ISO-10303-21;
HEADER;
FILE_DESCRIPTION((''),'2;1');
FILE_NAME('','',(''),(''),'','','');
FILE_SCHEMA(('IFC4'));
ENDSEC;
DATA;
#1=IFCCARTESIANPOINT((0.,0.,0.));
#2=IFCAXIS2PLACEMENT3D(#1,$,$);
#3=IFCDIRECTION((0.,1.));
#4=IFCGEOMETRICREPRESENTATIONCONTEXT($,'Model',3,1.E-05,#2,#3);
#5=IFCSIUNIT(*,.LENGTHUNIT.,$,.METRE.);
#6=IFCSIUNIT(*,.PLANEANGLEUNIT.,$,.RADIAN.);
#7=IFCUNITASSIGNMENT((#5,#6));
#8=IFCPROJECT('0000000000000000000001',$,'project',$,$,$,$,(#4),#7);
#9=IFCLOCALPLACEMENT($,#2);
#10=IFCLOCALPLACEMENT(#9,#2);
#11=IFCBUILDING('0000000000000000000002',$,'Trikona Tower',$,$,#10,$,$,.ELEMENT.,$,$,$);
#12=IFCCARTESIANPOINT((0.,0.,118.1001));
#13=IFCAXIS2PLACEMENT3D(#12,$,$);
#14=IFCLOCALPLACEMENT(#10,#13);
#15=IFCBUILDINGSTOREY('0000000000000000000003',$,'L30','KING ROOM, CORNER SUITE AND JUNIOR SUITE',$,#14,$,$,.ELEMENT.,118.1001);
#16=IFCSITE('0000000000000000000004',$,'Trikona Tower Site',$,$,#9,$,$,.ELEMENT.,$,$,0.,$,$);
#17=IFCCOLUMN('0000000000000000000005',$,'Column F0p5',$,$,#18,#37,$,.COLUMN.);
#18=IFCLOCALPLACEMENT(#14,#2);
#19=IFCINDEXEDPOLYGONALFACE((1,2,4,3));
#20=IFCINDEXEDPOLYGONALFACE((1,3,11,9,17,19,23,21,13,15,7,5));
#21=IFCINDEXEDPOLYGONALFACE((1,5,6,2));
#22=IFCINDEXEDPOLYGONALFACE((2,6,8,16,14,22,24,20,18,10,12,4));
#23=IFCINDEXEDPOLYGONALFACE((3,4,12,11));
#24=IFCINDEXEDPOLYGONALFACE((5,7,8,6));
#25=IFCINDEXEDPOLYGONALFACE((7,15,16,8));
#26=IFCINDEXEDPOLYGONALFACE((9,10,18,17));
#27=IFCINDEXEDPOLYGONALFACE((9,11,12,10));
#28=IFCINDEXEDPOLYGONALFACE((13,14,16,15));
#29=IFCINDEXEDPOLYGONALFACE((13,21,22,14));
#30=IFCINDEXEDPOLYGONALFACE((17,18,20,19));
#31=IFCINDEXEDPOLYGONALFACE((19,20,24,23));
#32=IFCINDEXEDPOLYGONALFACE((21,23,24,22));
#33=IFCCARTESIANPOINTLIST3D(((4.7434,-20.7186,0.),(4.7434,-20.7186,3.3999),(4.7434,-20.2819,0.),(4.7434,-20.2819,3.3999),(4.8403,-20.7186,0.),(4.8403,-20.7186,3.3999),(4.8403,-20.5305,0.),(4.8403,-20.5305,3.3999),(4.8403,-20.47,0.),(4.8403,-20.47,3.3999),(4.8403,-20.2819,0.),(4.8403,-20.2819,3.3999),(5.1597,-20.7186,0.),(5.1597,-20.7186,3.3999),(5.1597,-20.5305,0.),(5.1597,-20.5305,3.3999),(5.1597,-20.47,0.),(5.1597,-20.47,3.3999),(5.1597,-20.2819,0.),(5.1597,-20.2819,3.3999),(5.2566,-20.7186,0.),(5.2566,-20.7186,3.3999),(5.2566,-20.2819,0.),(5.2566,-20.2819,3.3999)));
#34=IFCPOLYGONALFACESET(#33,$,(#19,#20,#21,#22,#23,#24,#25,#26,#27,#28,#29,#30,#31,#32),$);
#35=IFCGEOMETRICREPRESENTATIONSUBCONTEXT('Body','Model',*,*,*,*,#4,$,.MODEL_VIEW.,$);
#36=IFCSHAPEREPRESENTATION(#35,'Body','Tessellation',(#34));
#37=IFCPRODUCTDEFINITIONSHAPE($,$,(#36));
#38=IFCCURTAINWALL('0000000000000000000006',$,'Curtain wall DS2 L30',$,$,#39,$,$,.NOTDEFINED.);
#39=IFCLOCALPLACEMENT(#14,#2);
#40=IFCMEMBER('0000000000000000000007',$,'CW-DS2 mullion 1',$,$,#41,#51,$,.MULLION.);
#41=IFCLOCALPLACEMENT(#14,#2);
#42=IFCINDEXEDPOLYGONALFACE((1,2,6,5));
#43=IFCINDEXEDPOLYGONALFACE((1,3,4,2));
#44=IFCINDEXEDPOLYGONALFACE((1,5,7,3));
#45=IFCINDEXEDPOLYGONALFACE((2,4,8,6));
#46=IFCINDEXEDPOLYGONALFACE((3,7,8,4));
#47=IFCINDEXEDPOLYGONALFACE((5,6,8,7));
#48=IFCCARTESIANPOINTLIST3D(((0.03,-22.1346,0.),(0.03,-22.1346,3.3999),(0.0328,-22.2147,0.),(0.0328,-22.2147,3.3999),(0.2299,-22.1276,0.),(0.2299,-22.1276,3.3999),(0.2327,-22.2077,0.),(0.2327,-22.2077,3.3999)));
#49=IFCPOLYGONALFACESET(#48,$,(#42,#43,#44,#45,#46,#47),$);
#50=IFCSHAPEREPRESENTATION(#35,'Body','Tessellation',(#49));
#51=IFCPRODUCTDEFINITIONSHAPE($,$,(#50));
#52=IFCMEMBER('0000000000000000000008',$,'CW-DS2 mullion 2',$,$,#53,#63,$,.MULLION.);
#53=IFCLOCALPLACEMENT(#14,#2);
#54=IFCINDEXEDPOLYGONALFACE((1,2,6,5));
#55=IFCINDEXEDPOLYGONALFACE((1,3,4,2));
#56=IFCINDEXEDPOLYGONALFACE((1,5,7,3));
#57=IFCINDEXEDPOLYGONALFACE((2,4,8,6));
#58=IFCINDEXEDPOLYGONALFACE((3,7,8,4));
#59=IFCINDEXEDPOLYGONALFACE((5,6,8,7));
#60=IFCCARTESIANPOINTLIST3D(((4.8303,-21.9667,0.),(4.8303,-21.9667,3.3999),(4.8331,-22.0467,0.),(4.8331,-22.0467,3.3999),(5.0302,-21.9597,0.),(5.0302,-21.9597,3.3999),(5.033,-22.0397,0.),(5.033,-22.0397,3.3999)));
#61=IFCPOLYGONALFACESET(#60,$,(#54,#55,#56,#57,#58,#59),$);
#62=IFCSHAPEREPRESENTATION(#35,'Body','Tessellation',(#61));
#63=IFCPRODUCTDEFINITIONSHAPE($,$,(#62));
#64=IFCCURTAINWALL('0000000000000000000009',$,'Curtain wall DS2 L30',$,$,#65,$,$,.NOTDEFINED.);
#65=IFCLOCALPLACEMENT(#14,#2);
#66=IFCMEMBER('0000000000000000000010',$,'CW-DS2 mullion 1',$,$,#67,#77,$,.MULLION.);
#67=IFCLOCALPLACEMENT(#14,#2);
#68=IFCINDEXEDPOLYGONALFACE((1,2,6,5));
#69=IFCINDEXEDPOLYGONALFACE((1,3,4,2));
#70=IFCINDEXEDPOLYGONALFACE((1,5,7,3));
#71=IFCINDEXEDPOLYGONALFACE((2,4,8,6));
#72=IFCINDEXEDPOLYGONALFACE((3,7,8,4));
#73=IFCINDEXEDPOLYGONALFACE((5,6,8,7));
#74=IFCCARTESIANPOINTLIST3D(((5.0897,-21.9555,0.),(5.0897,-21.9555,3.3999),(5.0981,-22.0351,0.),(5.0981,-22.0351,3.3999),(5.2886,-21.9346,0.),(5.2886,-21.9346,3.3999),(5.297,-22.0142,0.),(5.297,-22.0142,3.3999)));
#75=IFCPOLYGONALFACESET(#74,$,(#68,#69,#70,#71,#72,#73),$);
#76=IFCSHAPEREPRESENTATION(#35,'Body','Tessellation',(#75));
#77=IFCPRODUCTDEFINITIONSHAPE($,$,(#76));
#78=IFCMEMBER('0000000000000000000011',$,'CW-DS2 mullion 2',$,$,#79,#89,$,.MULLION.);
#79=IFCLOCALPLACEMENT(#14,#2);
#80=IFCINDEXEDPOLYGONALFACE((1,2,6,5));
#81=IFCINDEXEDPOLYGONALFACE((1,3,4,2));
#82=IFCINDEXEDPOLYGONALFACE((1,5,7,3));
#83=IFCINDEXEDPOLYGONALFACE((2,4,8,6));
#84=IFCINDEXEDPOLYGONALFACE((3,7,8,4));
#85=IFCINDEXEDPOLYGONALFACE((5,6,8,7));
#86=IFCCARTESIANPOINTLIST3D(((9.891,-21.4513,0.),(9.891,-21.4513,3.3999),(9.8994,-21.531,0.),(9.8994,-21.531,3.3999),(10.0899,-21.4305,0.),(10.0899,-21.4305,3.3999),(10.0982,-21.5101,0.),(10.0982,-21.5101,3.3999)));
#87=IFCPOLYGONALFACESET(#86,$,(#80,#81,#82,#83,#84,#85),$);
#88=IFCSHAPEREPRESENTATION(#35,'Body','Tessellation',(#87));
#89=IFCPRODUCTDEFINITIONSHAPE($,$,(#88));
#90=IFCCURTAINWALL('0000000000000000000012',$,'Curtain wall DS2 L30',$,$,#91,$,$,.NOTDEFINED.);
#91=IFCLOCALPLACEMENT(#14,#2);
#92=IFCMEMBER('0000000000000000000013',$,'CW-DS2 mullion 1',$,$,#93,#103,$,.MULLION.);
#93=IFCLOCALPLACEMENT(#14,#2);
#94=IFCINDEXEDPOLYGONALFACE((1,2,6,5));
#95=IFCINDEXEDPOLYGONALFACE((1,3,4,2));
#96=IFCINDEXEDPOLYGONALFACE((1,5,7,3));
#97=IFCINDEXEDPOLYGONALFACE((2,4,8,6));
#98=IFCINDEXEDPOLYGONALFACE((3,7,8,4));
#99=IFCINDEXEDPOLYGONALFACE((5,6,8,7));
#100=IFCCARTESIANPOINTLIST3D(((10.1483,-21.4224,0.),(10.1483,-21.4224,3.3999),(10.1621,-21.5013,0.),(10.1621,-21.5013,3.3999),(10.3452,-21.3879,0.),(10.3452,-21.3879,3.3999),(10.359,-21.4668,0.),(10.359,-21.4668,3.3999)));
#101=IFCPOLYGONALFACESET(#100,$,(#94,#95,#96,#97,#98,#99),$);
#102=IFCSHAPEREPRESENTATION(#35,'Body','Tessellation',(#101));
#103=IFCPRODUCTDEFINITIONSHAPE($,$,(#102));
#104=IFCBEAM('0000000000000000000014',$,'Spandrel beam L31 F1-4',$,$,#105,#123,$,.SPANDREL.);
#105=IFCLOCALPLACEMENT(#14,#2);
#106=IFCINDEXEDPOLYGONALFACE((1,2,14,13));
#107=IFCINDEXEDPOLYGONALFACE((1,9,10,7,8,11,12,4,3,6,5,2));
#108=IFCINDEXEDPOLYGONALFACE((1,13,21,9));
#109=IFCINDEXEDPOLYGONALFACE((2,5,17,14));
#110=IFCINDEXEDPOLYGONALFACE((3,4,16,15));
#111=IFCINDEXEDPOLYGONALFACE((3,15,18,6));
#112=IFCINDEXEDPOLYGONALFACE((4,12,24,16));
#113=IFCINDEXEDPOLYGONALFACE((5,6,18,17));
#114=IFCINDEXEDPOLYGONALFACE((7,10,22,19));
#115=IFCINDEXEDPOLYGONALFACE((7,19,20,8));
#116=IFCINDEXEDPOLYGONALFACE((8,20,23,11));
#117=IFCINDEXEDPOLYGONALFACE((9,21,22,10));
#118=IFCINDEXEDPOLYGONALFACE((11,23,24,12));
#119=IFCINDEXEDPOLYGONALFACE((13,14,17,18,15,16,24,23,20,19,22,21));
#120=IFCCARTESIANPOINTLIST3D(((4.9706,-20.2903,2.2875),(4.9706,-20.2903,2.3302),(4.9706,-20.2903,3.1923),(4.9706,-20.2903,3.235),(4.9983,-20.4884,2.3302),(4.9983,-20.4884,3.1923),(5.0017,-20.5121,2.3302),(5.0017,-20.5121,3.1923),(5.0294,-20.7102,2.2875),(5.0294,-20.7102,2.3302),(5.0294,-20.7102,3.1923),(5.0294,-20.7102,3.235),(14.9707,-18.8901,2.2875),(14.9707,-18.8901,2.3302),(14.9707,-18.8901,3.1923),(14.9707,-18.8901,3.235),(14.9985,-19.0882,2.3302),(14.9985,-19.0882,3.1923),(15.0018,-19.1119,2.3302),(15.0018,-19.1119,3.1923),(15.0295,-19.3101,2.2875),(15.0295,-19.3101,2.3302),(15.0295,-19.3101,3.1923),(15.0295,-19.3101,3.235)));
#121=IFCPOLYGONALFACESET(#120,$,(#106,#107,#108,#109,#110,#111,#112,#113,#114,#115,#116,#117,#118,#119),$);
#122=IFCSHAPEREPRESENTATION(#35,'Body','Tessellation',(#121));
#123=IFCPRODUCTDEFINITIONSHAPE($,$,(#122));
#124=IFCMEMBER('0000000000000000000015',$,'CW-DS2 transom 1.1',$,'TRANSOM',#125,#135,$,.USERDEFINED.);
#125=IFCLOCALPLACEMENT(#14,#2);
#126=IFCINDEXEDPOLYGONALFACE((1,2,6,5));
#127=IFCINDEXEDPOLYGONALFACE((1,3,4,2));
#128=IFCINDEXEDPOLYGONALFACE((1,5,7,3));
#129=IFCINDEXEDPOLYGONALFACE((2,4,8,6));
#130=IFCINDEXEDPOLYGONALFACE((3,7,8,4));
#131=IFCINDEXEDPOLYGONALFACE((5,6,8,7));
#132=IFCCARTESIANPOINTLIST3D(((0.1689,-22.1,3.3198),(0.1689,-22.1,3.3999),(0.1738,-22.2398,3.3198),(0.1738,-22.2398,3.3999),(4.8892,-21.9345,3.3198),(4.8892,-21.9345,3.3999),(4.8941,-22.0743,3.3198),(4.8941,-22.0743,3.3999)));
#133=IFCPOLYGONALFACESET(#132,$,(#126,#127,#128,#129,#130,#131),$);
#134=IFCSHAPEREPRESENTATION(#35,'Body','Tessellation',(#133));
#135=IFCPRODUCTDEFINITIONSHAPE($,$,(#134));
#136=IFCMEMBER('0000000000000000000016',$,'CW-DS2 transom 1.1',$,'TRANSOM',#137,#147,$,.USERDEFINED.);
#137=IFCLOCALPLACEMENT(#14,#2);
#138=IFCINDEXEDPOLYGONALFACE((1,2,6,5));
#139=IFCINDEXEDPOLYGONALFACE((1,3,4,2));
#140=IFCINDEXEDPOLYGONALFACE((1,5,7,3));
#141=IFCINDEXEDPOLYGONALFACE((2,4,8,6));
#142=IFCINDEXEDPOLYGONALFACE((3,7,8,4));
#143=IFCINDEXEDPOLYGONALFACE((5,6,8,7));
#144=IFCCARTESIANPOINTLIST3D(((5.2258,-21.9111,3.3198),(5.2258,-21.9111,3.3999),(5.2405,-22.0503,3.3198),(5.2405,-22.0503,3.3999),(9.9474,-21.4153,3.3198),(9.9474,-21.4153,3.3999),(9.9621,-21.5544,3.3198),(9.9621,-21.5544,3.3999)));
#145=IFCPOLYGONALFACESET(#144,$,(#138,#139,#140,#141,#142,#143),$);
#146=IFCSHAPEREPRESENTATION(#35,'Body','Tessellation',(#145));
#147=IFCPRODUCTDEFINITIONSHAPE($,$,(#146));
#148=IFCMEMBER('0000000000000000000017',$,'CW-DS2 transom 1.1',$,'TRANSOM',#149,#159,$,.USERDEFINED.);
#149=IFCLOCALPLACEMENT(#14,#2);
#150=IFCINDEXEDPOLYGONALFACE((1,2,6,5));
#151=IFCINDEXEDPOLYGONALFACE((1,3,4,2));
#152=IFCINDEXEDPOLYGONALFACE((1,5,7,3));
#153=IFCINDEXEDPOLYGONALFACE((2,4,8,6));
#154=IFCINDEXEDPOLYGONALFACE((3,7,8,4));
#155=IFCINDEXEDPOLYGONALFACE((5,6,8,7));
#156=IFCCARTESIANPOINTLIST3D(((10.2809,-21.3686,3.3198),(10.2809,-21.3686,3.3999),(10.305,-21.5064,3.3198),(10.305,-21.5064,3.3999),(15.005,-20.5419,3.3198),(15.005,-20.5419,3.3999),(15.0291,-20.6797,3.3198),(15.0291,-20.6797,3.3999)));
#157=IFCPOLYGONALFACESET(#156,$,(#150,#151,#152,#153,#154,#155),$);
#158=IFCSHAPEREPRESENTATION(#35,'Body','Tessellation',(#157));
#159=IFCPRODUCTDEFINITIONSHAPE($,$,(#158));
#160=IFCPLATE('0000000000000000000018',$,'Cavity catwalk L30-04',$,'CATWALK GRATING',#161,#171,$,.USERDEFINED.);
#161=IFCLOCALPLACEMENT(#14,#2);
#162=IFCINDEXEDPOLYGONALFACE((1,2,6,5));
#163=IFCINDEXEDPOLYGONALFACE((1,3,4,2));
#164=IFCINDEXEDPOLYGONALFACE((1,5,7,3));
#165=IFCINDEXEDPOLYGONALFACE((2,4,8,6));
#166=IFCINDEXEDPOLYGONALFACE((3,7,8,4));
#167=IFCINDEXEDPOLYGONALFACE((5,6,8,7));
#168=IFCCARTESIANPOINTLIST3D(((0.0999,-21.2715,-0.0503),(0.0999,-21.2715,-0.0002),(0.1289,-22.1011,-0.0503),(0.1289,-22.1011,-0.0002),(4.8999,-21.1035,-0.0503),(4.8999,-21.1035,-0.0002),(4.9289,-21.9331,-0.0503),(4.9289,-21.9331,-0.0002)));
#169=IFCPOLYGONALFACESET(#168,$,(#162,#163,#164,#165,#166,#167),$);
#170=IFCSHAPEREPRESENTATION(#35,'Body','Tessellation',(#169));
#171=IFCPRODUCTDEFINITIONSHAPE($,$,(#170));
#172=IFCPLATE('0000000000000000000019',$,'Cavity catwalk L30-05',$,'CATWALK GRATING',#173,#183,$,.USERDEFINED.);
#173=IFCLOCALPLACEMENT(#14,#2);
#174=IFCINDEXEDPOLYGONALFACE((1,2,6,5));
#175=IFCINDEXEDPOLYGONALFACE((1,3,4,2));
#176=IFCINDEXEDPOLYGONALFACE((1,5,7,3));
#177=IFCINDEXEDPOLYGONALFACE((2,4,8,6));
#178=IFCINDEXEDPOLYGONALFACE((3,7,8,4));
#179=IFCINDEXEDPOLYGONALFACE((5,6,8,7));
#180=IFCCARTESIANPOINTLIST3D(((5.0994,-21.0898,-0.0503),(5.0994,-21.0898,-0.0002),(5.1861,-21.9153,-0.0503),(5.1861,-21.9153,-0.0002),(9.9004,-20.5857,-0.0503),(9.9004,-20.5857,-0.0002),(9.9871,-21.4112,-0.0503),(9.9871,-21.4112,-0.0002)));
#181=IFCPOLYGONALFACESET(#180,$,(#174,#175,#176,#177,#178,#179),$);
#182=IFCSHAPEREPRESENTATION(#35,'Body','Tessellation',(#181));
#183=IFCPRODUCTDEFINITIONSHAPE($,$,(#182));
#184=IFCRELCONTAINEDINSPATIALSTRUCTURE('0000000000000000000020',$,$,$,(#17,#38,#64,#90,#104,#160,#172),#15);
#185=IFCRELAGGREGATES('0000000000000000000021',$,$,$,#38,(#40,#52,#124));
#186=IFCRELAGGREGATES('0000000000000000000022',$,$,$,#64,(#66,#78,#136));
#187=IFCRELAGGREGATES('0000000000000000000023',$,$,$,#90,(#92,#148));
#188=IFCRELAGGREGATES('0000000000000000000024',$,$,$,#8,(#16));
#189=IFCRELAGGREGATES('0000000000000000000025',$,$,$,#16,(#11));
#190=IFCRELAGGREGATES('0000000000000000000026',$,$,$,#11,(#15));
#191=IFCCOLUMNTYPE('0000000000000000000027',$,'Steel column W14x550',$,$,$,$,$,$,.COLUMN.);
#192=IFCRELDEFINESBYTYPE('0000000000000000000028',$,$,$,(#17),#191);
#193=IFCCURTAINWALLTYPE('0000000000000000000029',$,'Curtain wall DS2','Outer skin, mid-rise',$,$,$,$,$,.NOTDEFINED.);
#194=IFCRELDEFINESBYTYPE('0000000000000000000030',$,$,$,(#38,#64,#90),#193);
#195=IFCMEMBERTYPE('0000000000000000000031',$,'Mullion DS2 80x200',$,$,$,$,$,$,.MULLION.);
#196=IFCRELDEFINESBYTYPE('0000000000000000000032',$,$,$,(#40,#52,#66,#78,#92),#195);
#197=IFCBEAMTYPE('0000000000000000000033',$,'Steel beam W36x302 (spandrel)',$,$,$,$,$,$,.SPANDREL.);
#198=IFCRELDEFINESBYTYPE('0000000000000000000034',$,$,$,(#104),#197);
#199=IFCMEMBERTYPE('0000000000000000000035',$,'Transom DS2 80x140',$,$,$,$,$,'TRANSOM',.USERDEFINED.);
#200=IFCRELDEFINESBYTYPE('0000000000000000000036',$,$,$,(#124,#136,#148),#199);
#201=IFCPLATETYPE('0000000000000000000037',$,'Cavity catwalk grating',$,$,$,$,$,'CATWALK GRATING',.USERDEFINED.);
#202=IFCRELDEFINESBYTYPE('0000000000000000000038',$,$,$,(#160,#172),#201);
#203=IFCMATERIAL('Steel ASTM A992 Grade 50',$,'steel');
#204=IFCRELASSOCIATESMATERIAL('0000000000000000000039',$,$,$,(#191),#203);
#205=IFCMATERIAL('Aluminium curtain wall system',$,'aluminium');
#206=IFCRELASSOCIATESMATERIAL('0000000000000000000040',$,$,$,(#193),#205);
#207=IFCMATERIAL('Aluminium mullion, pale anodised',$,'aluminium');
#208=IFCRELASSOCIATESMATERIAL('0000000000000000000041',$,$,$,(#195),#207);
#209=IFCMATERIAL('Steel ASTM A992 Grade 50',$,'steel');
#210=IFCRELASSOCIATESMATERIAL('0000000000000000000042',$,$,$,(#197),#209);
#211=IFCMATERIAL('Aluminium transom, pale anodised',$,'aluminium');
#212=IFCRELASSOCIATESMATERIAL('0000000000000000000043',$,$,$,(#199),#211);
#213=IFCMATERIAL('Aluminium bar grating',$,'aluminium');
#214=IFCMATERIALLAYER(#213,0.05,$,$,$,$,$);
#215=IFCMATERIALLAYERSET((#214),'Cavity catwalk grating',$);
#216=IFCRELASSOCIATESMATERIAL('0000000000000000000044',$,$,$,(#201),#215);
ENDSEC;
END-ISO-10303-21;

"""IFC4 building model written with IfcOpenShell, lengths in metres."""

from ifc_helpers import new_model, si_unit, direction, frame, origin, origin_2d, place, context, subcontext, project, spatial, rectangle, i_section, extrude, material, layer, layer_set, material_profile, profile_set, type_object, element, aggregate, save


model = new_model("IFC4")

# Units and contexts
model_context = context("Model", 3, precision=1e-05, world=origin(), true_north=direction((0.0, 1.0)))
body_context = subcontext(model_context, "Body", "Model", "MODEL_VIEW")
ifc_project = project(units=[si_unit("LENGTHUNIT", "METRE"), si_unit("PLANEANGLEUNIT", "RADIAN")], contexts=[model_context])

# Site, building, storey
site_placement = place(None, origin())
site = spatial("IfcSite", under=ifc_project, at=site_placement, Name="Trikona Tower Site", CompositionType="ELEMENT", RefElevation=0.0)
building_placement = place(site_placement, origin())
building = spatial("IfcBuilding", under=site, at=building_placement, Name="Trikona Tower", CompositionType="ELEMENT")
storey_placement = place(building_placement, frame((0.0, 0.0, 118.1001)))
storey = spatial("IfcBuildingStorey", under=building, at=storey_placement, Name="L30", Description="KING ROOM, CORNER SUITE AND JUNIOR SUITE", CompositionType="ELEMENT", Elevation=118.1001)

# Column
ifc_material_1 = material(Name="Steel ASTM A992 Grade 50", Category="steel")
ifc_material_profile_1 = material_profile(ifc_material_1, i_section(OverallWidth=0.4368, OverallDepth=0.5132, WebThickness=0.0605, FlangeThickness=0.0969, at=origin_2d()), Name="W14X550")
ifc_profile_set_1 = profile_set([ifc_material_profile_1], Name="Steel ASTM A992 Grade 50")
column_type = type_object("IfcColumnType", Name="Steel column W14x550", PredefinedType="COLUMN", material=ifc_profile_set_1)
column_placement = place(storey_placement, frame((5.0, -20.5002, 0.0), z_axis=(0.0, 0.0, 1.0), x_axis=(0.0, -1.0, 0.0)))
element("IfcColumn", 1, at=column_placement, inside=storey, type_object=column_type, Name="Column F0p5", PredefinedType="COLUMN", context=body_context, shape_type="SweptSolid", body=[
    extrude(i_section(OverallWidth=0.4368, OverallDepth=0.5132, WebThickness=0.0605, FlangeThickness=0.0969, at=origin_2d()), origin(), (0.0, 0.0, 1.0), 3.3999),
])

# Curtain walls, members
ifc_material_2 = material(Name="Aluminium curtain wall system", Category="aluminium")
curtain_wall_type = type_object("IfcCurtainWallType", Name="Curtain wall DS2", Description="Outer skin, mid-rise", PredefinedType="NOTDEFINED", material=ifc_material_2)
curtain_wall_1_placement = place(storey_placement, origin())
curtain_wall_1 = element("IfcCurtainWall", 2, at=curtain_wall_1_placement, inside=storey, type_object=curtain_wall_type, Name="Curtain wall DS2 L30", PredefinedType="NOTDEFINED")
ifc_material_3 = material(Name="Aluminium mullion, pale anodised", Category="aluminium")
ifc_material_profile_2 = material_profile(ifc_material_3, rectangle(XDim=0.0801, YDim=0.2, at=origin_2d()), Name="MUL-DS2")
ifc_profile_set_2 = profile_set([ifc_material_profile_2], Name="Aluminium mullion, pale anodised")
member_type_1 = type_object("IfcMemberType", Name="Mullion DS2 80x200", PredefinedType="MULLION", material=ifc_profile_set_2)
member_1_placement = place(storey_placement, frame((0.1313, -22.1711, 0.0), z_axis=(0.0, 0.0, 1.0), x_axis=(-0.034998, 0.999387, 0.0)))
member_1 = element("IfcMember", 3, at=member_1_placement, type_object=member_type_1, Name="CW-DS2 mullion 1", PredefinedType="MULLION", context=body_context, shape_type="SweptSolid", body=[
    extrude(rectangle(XDim=0.0801, YDim=0.2, at=origin_2d()), origin(), (0.0, 0.0, 1.0), 3.3999),
])
member_2_placement = place(storey_placement, frame((4.9316, -22.0032, 0.0), z_axis=(0.0, 0.0, 1.0), x_axis=(-0.034998, 0.999387, 0.0)))
member_2 = element("IfcMember", 4, at=member_2_placement, type_object=member_type_1, Name="CW-DS2 mullion 2", PredefinedType="MULLION", context=body_context, shape_type="SweptSolid", body=[
    extrude(rectangle(XDim=0.0801, YDim=0.2, at=origin_2d()), origin(), (0.0, 0.0, 1.0), 3.3999),
])
curtain_wall_2_placement = place(storey_placement, origin())
curtain_wall_2 = element("IfcCurtainWall", 5, at=curtain_wall_2_placement, inside=storey, type_object=curtain_wall_type, Name="Curtain wall DS2 L30", PredefinedType="NOTDEFINED")
member_3_placement = place(storey_placement, frame((5.1934, -21.9849, 0.0), z_axis=(0.0, 0.0, 1.0), x_axis=(-0.104433, 0.994532, 0.0)))
member_3 = element("IfcMember", 6, at=member_3_placement, type_object=member_type_1, Name="CW-DS2 mullion 1", PredefinedType="MULLION", context=body_context, shape_type="SweptSolid", body=[
    extrude(rectangle(XDim=0.0801, YDim=0.2, at=origin_2d()), origin(), (0.0, 0.0, 1.0), 3.3999),
])
member_4_placement = place(storey_placement, frame((9.9946, -21.4807, 0.0), z_axis=(0.0, 0.0, 1.0), x_axis=(-0.104433, 0.994532, 0.0)))
member_4 = element("IfcMember", 7, at=member_4_placement, type_object=member_type_1, Name="CW-DS2 mullion 2", PredefinedType="MULLION", context=body_context, shape_type="SweptSolid", body=[
    extrude(rectangle(XDim=0.0801, YDim=0.2, at=origin_2d()), origin(), (0.0, 0.0, 1.0), 3.3999),
])

# Curtain wall, member
curtain_wall_3_placement = place(storey_placement, origin())
curtain_wall_3 = element("IfcCurtainWall", 8, at=curtain_wall_3_placement, inside=storey, type_object=curtain_wall_type, Name="Curtain wall DS2 L30", PredefinedType="NOTDEFINED")
member_5_placement = place(storey_placement, frame((10.2537, -21.4446, 0.0), z_axis=(0.0, 0.0, 1.0), x_axis=(-0.172377, 0.985031, 0.0)))
member_5 = element("IfcMember", 9, at=member_5_placement, type_object=member_type_1, Name="CW-DS2 mullion 1", PredefinedType="MULLION", context=body_context, shape_type="SweptSolid", body=[
    extrude(rectangle(XDim=0.0801, YDim=0.2, at=origin_2d()), origin(), (0.0, 0.0, 1.0), 3.3999),
])

# Beam
ifc_material_4 = material(Name="Steel ASTM A992 Grade 50", Category="steel")
ifc_material_profile_3 = material_profile(ifc_material_4, i_section(OverallWidth=0.4241, OverallDepth=0.9475, WebThickness=0.0239, FlangeThickness=0.0427, at=origin_2d()), Name="W36X302")
ifc_profile_set_3 = profile_set([ifc_material_profile_3], Name="Steel ASTM A992 Grade 50")
beam_type = type_object("IfcBeamType", Name="Steel beam W36x302 (spandrel)", PredefinedType="SPANDREL", material=ifc_profile_set_3)
beam_placement = place(storey_placement, frame((5.0, -20.5002, 2.7612), z_axis=(0.99034, 0.138662, 0.0), x_axis=(-0.138662, 0.99034, 0.0)))
element("IfcBeam", 10, at=beam_placement, inside=storey, type_object=beam_type, Name="Spandrel beam L31 F1-4", PredefinedType="SPANDREL", context=body_context, shape_type="SweptSolid", body=[
    extrude(i_section(OverallWidth=0.4241, OverallDepth=0.9475, WebThickness=0.0239, FlangeThickness=0.0427, at=origin_2d()), origin(), (0.0, 0.0, 1.0), 10.0977),
])

# Members
ifc_material_5 = material(Name="Aluminium transom, pale anodised", Category="aluminium")
ifc_material_profile_4 = material_profile(ifc_material_5, rectangle(XDim=0.1399, YDim=0.0801, at=origin_2d()), Name="TRN-DS2")
ifc_profile_set_4 = profile_set([ifc_material_profile_4], Name="Aluminium transom, pale anodised")
member_type_2 = type_object("IfcMemberType", Name="Transom DS2 80x140", ElementType="TRANSOM", PredefinedType="USERDEFINED", material=ifc_profile_set_4)
member_6_placement = place(storey_placement, frame((0.1714, -22.1699, 3.3599), z_axis=(0.999386, 0.035046, 0.0), x_axis=(-0.035046, 0.999386, 0.0)))
member_6 = element("IfcMember", 11, at=member_6_placement, type_object=member_type_2, Name="CW-DS2 transom 1.1", ObjectType="TRANSOM", PredefinedType="USERDEFINED", context=body_context, shape_type="SweptSolid", body=[
    extrude(rectangle(XDim=0.1399, YDim=0.0801, at=origin_2d()), origin(), (0.0, 0.0, 1.0), 4.7231),
])
member_7_placement = place(storey_placement, frame((5.2332, -21.9807, 3.3599), z_axis=(0.994531, 0.104441, 0.0), x_axis=(-0.104441, 0.994531, 0.0)))
member_7 = element("IfcMember", 12, at=member_7_placement, type_object=member_type_2, Name="CW-DS2 transom 1.1", ObjectType="TRANSOM", PredefinedType="USERDEFINED", context=body_context, shape_type="SweptSolid", body=[
    extrude(rectangle(XDim=0.1399, YDim=0.0801, at=origin_2d()), origin(), (0.0, 0.0, 1.0), 4.7476),
])
member_8_placement = place(storey_placement, frame((10.293, -21.4375, 3.3599), z_axis=(0.985033, 0.172368, 0.0), x_axis=(-0.172368, 0.985033, 0.0)))
member_8 = element("IfcMember", 13, at=member_8_placement, type_object=member_type_2, Name="CW-DS2 transom 1.1", ObjectType="TRANSOM", PredefinedType="USERDEFINED", context=body_context, shape_type="SweptSolid", body=[
    extrude(rectangle(XDim=0.1399, YDim=0.0801, at=origin_2d()), origin(), (0.0, 0.0, 1.0), 4.7959),
])

# Plates
ifc_material_6 = material(Name="Aluminium bar grating", Category="aluminium")
ifc_layer_1 = layer(ifc_material_6, 0.05)
ifc_layer_set_1 = layer_set([ifc_layer_1], Name="Cavity catwalk grating")
plate_type_1 = type_object("IfcPlateType", Name="Cavity catwalk grating", ElementType="CATWALK GRATING", PredefinedType="USERDEFINED", material=ifc_layer_set_1)
plate_1_placement = place(storey_placement, frame((2.5144, -21.6023, -0.0503), z_axis=(0.0, 0.0, 1.0), x_axis=(0.999388, 0.034978, 0.0)))
element("IfcPlate", 14, at=plate_1_placement, inside=storey, type_object=plate_type_1, Name="Cavity catwalk L30-04", ObjectType="CATWALK GRATING", PredefinedType="USERDEFINED", context=body_context, shape_type="SweptSolid", body=[
    extrude(rectangle(XDim=4.803, YDim=0.8301, at=origin_2d()), origin(), (0.0, 0.0, 1.0), 0.05),
])
plate_2_placement = place(storey_placement, frame((7.5432, -21.2505, -0.0503), z_axis=(0.0, 0.0, 1.0), x_axis=(0.994533, 0.104426, 0.0)))
element("IfcPlate", 15, at=plate_2_placement, inside=storey, type_object=plate_type_1, Name="Cavity catwalk L30-05", ObjectType="CATWALK GRATING", PredefinedType="USERDEFINED", context=body_context, shape_type="SweptSolid", body=[
    extrude(rectangle(XDim=4.8274, YDim=0.8301, at=origin_2d()), origin(), (0.0, 0.0, 1.0), 0.05),
])

aggregate(curtain_wall_1, [member_1, member_2, member_6])
aggregate(curtain_wall_2, [member_3, member_4, member_7])
aggregate(curtain_wall_3, [member_5, member_8])

save(model, "model.ifc")
